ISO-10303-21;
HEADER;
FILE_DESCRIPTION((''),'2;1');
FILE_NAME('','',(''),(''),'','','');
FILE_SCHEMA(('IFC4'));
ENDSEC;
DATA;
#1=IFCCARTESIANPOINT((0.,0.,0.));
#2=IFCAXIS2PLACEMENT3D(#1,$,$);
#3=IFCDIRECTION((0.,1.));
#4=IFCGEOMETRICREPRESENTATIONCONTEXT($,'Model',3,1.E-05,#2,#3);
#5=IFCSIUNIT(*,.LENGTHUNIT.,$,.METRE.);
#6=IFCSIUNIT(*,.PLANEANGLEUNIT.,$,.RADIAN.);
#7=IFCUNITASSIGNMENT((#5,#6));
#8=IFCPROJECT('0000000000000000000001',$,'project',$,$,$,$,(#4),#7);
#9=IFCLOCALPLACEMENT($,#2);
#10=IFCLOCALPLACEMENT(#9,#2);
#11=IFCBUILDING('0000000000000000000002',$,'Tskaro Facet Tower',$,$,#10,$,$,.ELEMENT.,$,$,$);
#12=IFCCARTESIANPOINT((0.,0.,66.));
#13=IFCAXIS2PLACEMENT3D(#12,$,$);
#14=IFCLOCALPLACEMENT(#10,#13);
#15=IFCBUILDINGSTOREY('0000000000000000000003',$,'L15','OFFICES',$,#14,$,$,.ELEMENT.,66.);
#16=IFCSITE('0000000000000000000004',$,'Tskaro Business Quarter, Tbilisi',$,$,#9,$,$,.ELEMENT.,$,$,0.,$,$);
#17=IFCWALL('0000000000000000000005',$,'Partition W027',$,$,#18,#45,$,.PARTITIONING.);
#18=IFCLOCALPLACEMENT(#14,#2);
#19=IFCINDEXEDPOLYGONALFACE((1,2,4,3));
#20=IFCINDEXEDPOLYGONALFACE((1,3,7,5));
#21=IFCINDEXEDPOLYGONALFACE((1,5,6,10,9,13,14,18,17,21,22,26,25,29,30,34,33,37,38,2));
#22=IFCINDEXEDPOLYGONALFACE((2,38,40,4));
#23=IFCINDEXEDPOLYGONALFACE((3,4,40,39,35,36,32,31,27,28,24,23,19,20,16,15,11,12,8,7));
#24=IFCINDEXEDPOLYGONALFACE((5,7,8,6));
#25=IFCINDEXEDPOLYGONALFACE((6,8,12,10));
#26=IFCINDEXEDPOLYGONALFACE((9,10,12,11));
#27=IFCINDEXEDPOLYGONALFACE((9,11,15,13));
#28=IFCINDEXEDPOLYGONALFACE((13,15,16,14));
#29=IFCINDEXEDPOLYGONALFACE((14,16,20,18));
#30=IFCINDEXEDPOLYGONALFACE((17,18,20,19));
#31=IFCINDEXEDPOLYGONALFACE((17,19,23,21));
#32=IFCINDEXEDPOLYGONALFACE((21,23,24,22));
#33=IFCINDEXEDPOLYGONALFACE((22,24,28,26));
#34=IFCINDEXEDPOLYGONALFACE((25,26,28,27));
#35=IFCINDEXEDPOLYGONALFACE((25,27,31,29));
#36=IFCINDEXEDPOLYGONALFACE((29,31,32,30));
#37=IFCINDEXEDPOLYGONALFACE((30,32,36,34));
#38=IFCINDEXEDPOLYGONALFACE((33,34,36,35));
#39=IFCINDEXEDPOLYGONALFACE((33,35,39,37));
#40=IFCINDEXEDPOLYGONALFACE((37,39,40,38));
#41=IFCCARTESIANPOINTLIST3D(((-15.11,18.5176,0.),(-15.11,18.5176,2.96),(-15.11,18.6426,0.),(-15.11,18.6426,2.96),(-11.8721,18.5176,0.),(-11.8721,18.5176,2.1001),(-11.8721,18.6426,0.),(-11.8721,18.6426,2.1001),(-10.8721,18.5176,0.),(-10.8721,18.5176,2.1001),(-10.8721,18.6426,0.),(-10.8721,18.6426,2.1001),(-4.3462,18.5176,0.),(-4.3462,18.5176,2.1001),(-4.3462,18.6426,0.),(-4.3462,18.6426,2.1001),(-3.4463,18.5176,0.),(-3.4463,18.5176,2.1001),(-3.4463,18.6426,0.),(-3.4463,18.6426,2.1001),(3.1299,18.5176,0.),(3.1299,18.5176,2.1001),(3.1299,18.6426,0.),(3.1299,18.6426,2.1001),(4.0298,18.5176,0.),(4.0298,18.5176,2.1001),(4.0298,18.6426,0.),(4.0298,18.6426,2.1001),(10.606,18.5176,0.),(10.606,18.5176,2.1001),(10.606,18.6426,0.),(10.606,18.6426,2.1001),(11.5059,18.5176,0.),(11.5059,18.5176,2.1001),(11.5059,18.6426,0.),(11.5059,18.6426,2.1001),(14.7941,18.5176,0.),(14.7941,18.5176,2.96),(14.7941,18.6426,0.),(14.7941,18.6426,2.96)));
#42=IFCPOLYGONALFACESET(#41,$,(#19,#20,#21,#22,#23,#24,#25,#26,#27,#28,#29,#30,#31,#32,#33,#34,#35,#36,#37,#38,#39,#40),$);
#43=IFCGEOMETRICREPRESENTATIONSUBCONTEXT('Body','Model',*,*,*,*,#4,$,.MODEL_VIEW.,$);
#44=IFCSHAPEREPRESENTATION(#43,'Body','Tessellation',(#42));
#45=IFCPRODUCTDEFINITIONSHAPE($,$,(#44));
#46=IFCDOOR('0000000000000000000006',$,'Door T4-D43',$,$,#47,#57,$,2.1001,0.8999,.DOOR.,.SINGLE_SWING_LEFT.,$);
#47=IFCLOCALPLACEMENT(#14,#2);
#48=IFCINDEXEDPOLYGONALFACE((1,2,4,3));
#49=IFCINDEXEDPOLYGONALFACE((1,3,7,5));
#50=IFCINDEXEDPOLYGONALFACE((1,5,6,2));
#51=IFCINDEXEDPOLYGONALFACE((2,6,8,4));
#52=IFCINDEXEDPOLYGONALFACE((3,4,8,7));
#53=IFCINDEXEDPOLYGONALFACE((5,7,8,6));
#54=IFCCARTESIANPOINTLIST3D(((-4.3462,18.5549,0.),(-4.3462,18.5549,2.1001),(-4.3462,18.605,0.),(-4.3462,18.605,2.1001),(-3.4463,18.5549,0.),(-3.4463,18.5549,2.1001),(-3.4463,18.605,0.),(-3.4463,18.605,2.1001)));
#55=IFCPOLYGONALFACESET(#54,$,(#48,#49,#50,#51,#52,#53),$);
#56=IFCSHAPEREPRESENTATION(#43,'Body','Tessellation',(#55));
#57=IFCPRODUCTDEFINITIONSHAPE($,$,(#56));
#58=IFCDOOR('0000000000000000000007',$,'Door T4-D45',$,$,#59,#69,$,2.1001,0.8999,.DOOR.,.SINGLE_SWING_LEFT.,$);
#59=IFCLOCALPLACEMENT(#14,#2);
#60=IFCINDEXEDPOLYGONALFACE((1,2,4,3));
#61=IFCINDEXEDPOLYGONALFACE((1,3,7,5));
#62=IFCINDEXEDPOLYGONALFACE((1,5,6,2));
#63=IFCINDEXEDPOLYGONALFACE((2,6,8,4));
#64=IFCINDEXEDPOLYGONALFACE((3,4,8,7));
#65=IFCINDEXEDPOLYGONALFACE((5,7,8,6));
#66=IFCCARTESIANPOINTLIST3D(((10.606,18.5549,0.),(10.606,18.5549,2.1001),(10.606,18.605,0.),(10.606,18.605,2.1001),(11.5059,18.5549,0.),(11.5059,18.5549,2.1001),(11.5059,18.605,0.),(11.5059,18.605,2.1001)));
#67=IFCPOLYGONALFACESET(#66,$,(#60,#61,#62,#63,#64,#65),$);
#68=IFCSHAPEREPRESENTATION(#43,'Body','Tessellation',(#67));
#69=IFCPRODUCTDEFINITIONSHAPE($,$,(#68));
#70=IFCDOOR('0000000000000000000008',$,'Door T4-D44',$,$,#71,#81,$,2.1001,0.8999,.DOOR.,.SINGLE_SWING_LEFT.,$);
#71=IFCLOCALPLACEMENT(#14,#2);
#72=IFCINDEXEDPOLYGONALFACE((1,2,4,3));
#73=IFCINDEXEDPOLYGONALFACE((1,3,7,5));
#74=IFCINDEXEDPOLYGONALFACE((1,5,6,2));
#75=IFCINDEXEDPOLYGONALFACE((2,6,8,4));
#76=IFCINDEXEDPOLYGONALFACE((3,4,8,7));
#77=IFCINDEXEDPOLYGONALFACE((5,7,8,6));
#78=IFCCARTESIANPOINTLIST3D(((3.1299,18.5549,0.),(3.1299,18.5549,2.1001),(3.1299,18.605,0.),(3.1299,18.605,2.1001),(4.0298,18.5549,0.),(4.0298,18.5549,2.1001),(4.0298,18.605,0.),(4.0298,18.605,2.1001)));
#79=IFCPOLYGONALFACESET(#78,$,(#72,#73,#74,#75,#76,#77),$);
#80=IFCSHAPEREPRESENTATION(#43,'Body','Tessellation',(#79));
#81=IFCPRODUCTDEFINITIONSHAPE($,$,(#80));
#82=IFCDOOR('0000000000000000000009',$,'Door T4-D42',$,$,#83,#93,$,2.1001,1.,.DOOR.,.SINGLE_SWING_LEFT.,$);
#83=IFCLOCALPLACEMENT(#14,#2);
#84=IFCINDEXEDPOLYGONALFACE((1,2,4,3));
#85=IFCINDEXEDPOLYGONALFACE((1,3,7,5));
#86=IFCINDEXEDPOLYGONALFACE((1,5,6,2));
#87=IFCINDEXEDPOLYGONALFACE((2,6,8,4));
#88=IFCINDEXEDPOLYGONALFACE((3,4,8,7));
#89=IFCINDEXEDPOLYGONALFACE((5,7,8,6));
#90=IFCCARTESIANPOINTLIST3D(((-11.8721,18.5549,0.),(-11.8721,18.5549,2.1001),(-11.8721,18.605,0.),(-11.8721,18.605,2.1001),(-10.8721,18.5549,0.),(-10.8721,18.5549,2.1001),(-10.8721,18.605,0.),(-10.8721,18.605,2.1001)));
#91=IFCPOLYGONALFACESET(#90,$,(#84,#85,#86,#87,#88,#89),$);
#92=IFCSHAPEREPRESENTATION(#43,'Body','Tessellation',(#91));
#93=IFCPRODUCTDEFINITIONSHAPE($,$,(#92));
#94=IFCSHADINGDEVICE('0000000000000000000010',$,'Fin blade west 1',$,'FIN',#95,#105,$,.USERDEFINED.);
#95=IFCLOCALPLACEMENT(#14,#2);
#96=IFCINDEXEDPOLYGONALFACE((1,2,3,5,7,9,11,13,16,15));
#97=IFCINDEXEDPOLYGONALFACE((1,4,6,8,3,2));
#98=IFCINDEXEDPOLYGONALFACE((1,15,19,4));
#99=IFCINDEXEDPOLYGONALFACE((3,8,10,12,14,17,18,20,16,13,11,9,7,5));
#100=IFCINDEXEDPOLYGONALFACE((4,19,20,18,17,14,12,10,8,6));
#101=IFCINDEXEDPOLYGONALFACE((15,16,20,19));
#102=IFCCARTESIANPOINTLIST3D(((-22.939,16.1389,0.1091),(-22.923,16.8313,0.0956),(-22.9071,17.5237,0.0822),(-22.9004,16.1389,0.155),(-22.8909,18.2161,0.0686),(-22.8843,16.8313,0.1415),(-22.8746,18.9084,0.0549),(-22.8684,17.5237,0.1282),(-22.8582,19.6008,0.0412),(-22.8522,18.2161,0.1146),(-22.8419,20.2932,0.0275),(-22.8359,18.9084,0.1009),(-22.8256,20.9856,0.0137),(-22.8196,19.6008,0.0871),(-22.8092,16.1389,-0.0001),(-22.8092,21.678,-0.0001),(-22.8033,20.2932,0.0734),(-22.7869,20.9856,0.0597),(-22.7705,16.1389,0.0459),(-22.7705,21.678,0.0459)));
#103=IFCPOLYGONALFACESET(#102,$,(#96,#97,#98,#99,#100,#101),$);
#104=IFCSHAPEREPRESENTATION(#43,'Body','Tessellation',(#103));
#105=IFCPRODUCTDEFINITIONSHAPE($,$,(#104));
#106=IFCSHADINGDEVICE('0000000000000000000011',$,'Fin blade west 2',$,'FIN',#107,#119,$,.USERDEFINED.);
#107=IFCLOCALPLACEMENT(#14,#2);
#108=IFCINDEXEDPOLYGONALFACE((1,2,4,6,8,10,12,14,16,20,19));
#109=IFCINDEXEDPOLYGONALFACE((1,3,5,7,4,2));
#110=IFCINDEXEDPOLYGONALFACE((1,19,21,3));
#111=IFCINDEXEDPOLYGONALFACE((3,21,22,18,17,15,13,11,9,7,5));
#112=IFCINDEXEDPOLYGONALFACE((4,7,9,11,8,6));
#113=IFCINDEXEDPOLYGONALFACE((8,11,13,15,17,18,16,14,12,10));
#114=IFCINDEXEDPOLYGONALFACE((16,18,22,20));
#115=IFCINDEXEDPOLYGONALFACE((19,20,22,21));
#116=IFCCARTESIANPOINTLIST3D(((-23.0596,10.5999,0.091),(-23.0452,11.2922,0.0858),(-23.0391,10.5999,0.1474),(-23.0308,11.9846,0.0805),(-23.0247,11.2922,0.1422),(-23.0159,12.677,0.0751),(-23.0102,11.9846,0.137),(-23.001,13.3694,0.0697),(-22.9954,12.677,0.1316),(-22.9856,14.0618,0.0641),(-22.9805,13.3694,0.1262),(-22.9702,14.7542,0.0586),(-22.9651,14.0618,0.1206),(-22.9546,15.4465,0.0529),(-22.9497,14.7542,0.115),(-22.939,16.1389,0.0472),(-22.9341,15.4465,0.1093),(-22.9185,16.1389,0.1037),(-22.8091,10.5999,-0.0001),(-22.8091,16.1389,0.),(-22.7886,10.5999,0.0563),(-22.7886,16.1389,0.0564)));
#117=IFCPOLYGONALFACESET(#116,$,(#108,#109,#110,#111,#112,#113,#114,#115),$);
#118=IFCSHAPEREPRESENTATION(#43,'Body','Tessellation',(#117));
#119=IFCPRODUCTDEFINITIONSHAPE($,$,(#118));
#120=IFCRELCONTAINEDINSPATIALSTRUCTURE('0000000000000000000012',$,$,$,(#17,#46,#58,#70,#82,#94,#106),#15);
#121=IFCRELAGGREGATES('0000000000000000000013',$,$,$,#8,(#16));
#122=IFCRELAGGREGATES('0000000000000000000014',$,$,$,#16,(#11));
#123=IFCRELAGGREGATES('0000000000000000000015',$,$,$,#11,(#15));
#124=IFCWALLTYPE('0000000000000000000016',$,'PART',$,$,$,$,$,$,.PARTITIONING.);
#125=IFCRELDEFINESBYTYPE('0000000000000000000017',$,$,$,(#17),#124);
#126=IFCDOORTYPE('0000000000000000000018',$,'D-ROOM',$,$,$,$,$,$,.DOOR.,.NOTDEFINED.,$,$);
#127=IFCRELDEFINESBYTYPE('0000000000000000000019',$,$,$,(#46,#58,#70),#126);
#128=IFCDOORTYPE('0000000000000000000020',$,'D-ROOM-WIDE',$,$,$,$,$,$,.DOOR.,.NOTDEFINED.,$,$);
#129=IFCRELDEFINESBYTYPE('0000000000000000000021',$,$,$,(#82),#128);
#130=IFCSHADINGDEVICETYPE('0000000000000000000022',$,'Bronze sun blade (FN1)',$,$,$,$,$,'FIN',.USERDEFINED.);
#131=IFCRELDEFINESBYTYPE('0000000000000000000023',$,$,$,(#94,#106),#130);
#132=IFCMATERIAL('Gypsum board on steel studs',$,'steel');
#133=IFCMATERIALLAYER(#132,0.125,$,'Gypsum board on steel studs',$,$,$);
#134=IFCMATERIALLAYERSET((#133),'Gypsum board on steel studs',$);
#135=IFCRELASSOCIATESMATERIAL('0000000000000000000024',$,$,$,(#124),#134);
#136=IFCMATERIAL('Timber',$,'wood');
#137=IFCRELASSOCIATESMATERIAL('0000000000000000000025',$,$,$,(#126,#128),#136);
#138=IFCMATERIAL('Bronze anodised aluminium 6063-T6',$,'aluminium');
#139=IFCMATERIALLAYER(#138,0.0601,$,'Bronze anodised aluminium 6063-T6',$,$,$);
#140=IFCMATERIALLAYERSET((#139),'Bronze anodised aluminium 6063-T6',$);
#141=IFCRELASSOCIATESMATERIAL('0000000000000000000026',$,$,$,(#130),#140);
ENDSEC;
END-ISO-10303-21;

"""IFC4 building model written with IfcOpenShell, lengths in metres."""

from ifc_helpers import new_model, si_unit, direction, frame, frame_2d, origin, place, context, subcontext, project, spatial, polyline, rectangle, outline, extrude, material, layer, layer_set, type_object, element, fill, save


model = new_model("IFC4")

# Units and contexts
model_context = context("Model", 3, precision=1e-05, world=origin(), true_north=direction((0.0, 1.0)))
body_context = subcontext(model_context, "Body", "Model", "MODEL_VIEW")
ifc_project = project(units=[si_unit("LENGTHUNIT", "METRE"), si_unit("PLANEANGLEUNIT", "RADIAN")], contexts=[model_context])

# Site, building, storey
site_placement = place(None, origin())
site = spatial("IfcSite", under=ifc_project, at=site_placement, Name="Tskaro Business Quarter, Tbilisi", CompositionType="ELEMENT", RefElevation=0.0)
building_placement = place(site_placement, origin())
building = spatial("IfcBuilding", under=site, at=building_placement, Name="Tskaro Facet Tower", CompositionType="ELEMENT")
storey_placement = place(building_placement, frame((0.0, 0.0, 66.0)))
storey = spatial("IfcBuildingStorey", under=building, at=storey_placement, Name="L15", Description="OFFICES", CompositionType="ELEMENT", Elevation=66.0)

# Shared definitions
ifc_material_1 = material(Name="Bronze anodised aluminium 6063-T6", Category="aluminium")

# Wall, openings, doors
ifc_material_2 = material(Name="Gypsum board on steel studs", Category="steel")
ifc_layer_1 = layer(ifc_material_2, 0.125, Name="Gypsum board on steel studs")
ifc_layer_set_1 = layer_set([ifc_layer_1], Name="Gypsum board on steel studs")
wall_type = type_object("IfcWallType", Name="PART", PredefinedType="PARTITIONING", material=ifc_layer_set_1)
wall_placement = place(storey_placement, frame((-15.1101, 18.5801, 0.0), z_axis=(0.0, 0.0, 1.0), x_axis=(1.0, 0.0, 0.0)))
wall = element("IfcWall", 1, at=wall_placement, inside=storey, type_object=wall_type, Name="Partition W027", PredefinedType="PARTITIONING", context=body_context, shape_type="SweptSolid", body=[
    extrude(rectangle(XDim=29.9041, YDim=0.125, at=frame_2d((14.9521, 0.0))), origin(), (0.0, 0.0, 1.0), 2.96),
])
opening_1_placement = place(wall_placement, frame((10.7639, 0.0, 0.0)))
opening_1 = element("IfcOpeningElement", 2, at=opening_1_placement, cuts=wall, PredefinedType="OPENING", context=body_context, shape_type="SweptSolid", body=[
    extrude(rectangle(XDim=0.8999, YDim=2.1001, at=frame_2d((0.45, 1.05))), frame((0.0, 0.0725, 0.0), z_axis=(0.0, -1.0, 0.0), x_axis=(1.0, 0.0, 0.0)), (0.0, 0.0, 1.0), 0.145),
])
opening_2_placement = place(wall_placement, frame((3.238, 0.0, 0.0)))
opening_2 = element("IfcOpeningElement", 3, at=opening_2_placement, cuts=wall, PredefinedType="OPENING", context=body_context, shape_type="SweptSolid", body=[
    extrude(rectangle(XDim=1.0, YDim=2.1001, at=frame_2d((0.5, 1.05))), frame((0.0, 0.0725, 0.0), z_axis=(0.0, -1.0, 0.0), x_axis=(1.0, 0.0, 0.0)), (0.0, 0.0, 1.0), 0.145),
])
opening_3_placement = place(wall_placement, frame((25.7161, 0.0, 0.0)))
opening_3 = element("IfcOpeningElement", 4, at=opening_3_placement, cuts=wall, PredefinedType="OPENING", context=body_context, shape_type="SweptSolid", body=[
    extrude(rectangle(XDim=0.8999, YDim=2.1001, at=frame_2d((0.45, 1.05))), frame((0.0, 0.0725, 0.0), z_axis=(0.0, -1.0, 0.0), x_axis=(1.0, 0.0, 0.0)), (0.0, 0.0, 1.0), 0.145),
])
opening_4_placement = place(wall_placement, frame((18.24, 0.0, 0.0)))
opening_4 = element("IfcOpeningElement", 5, at=opening_4_placement, cuts=wall, PredefinedType="OPENING", context=body_context, shape_type="SweptSolid", body=[
    extrude(rectangle(XDim=0.8999, YDim=2.1001, at=frame_2d((0.45, 1.05))), frame((0.0, 0.0725, 0.0), z_axis=(0.0, -1.0, 0.0), x_axis=(1.0, 0.0, 0.0)), (0.0, 0.0, 1.0), 0.145),
])
ifc_material_3 = material(Name="Timber", Category="wood")
door_type_1 = type_object("IfcDoorType", Name="D-ROOM", OperationType="NOTDEFINED", PredefinedType="DOOR", material=ifc_material_3)
door_1_placement = place(opening_1_placement, origin())
door_1 = element("IfcDoor", 6, at=door_1_placement, inside=storey, type_object=door_type_1, Name="Door T4-D43", OperationType="SINGLE_SWING_LEFT", OverallHeight=2.1001, OverallWidth=0.8999, PredefinedType="DOOR", context=body_context, shape_type="SweptSolid", body=[
    extrude(rectangle(XDim=0.8999, YDim=2.1001, at=frame_2d((0.45, 1.05))), frame((0.0, 0.0249, 0.0), z_axis=(0.0, -1.0, 0.0), x_axis=(1.0, 0.0, 0.0)), (0.0, 0.0, 1.0), 0.05),
])
fill(opening_1, door_1)
door_2_placement = place(opening_3_placement, origin())
door_2 = element("IfcDoor", 7, at=door_2_placement, inside=storey, type_object=door_type_1, Name="Door T4-D45", OperationType="SINGLE_SWING_LEFT", OverallHeight=2.1001, OverallWidth=0.8999, PredefinedType="DOOR", context=body_context, shape_type="SweptSolid", body=[
    extrude(rectangle(XDim=0.8999, YDim=2.1001, at=frame_2d((0.45, 1.05))), frame((0.0, 0.0249, 0.0), z_axis=(0.0, -1.0, 0.0), x_axis=(1.0, 0.0, 0.0)), (0.0, 0.0, 1.0), 0.05),
])
fill(opening_3, door_2)
door_3_placement = place(opening_4_placement, origin())
door_3 = element("IfcDoor", 8, at=door_3_placement, inside=storey, type_object=door_type_1, Name="Door T4-D44", OperationType="SINGLE_SWING_LEFT", OverallHeight=2.1001, OverallWidth=0.8999, PredefinedType="DOOR", context=body_context, shape_type="SweptSolid", body=[
    extrude(rectangle(XDim=0.8999, YDim=2.1001, at=frame_2d((0.45, 1.05))), frame((0.0, 0.0249, 0.0), z_axis=(0.0, -1.0, 0.0), x_axis=(1.0, 0.0, 0.0)), (0.0, 0.0, 1.0), 0.05),
])
fill(opening_4, door_3)
door_type_2 = type_object("IfcDoorType", Name="D-ROOM-WIDE", OperationType="NOTDEFINED", PredefinedType="DOOR", material=ifc_material_3)
door_4_placement = place(opening_2_placement, origin())
door_4 = element("IfcDoor", 9, at=door_4_placement, inside=storey, type_object=door_type_2, Name="Door T4-D42", OperationType="SINGLE_SWING_LEFT", OverallHeight=2.1001, OverallWidth=1.0, PredefinedType="DOOR", context=body_context, shape_type="SweptSolid", body=[
    extrude(rectangle(XDim=1.0, YDim=2.1001, at=frame_2d((0.5, 1.05))), frame((0.0, 0.0249, 0.0), z_axis=(0.0, -1.0, 0.0), x_axis=(1.0, 0.0, 0.0)), (0.0, 0.0, 1.0), 0.05),
])
fill(opening_2, door_4)

# Shading devices
ifc_layer_2 = layer(ifc_material_1, 0.0601, Name="Bronze anodised aluminium 6063-T6")
ifc_layer_set_2 = layer_set([ifc_layer_2], Name="Bronze anodised aluminium 6063-T6")
shading_device_type = type_object("IfcShadingDeviceType", Name="Bronze sun blade (FN1)", ElementType="FIN", PredefinedType="USERDEFINED", material=ifc_layer_set_2)
shading_device_1_placement = place(storey_placement, frame((-22.7705, 21.678, 0.0459), z_axis=(0.643524, -0.000009, 0.765426), x_axis=(-0.000006, -1.0, -0.000007)))
element("IfcShadingDevice", 10, at=shading_device_1_placement, inside=storey, type_object=shading_device_type, Name="Fin blade west 1", ObjectType="FIN", PredefinedType="USERDEFINED", context=body_context, shape_type="SweptSolid", body=[
    extrude(outline(polyline([(0.0, 0.0), (5.5391, 0.0), (5.5391, -0.1696), (4.8467, -0.1487), (4.1543, -0.1279), (3.4619, -0.1067), (2.7695, -0.0854), (2.0771, -0.0641), (1.3848, -0.0428), (0.6924, -0.0215), (0.0, 0.0)])), origin(), (0.0, 0.0, -1.0), 0.0601),
])
shading_device_2_placement = place(storey_placement, frame((-22.7886, 16.1389, 0.0564), z_axis=(0.341869, -0.000013, 0.939747), x_axis=(-0.000005, -1.0, -0.000012)))
element("IfcShadingDevice", 11, at=shading_device_2_placement, inside=storey, type_object=shading_device_type, Name="Fin blade west 2", ObjectType="FIN", PredefinedType="USERDEFINED", context=body_context, shape_type="SweptSolid", body=[
    extrude(outline(polyline([(0.0, 0.0), (5.5391, 0.0), (5.5391, -0.2665), (4.8467, -0.2512), (4.1543, -0.2359), (3.4619, -0.22), (2.7695, -0.2042), (2.0771, -0.1878), (1.3848, -0.1715), (0.6924, -0.1549), (0.0, -0.1382), (0.0, 0.0)])), origin(), (0.0, 0.0, -1.0), 0.0601),
])

save(model, "model.ifc")
